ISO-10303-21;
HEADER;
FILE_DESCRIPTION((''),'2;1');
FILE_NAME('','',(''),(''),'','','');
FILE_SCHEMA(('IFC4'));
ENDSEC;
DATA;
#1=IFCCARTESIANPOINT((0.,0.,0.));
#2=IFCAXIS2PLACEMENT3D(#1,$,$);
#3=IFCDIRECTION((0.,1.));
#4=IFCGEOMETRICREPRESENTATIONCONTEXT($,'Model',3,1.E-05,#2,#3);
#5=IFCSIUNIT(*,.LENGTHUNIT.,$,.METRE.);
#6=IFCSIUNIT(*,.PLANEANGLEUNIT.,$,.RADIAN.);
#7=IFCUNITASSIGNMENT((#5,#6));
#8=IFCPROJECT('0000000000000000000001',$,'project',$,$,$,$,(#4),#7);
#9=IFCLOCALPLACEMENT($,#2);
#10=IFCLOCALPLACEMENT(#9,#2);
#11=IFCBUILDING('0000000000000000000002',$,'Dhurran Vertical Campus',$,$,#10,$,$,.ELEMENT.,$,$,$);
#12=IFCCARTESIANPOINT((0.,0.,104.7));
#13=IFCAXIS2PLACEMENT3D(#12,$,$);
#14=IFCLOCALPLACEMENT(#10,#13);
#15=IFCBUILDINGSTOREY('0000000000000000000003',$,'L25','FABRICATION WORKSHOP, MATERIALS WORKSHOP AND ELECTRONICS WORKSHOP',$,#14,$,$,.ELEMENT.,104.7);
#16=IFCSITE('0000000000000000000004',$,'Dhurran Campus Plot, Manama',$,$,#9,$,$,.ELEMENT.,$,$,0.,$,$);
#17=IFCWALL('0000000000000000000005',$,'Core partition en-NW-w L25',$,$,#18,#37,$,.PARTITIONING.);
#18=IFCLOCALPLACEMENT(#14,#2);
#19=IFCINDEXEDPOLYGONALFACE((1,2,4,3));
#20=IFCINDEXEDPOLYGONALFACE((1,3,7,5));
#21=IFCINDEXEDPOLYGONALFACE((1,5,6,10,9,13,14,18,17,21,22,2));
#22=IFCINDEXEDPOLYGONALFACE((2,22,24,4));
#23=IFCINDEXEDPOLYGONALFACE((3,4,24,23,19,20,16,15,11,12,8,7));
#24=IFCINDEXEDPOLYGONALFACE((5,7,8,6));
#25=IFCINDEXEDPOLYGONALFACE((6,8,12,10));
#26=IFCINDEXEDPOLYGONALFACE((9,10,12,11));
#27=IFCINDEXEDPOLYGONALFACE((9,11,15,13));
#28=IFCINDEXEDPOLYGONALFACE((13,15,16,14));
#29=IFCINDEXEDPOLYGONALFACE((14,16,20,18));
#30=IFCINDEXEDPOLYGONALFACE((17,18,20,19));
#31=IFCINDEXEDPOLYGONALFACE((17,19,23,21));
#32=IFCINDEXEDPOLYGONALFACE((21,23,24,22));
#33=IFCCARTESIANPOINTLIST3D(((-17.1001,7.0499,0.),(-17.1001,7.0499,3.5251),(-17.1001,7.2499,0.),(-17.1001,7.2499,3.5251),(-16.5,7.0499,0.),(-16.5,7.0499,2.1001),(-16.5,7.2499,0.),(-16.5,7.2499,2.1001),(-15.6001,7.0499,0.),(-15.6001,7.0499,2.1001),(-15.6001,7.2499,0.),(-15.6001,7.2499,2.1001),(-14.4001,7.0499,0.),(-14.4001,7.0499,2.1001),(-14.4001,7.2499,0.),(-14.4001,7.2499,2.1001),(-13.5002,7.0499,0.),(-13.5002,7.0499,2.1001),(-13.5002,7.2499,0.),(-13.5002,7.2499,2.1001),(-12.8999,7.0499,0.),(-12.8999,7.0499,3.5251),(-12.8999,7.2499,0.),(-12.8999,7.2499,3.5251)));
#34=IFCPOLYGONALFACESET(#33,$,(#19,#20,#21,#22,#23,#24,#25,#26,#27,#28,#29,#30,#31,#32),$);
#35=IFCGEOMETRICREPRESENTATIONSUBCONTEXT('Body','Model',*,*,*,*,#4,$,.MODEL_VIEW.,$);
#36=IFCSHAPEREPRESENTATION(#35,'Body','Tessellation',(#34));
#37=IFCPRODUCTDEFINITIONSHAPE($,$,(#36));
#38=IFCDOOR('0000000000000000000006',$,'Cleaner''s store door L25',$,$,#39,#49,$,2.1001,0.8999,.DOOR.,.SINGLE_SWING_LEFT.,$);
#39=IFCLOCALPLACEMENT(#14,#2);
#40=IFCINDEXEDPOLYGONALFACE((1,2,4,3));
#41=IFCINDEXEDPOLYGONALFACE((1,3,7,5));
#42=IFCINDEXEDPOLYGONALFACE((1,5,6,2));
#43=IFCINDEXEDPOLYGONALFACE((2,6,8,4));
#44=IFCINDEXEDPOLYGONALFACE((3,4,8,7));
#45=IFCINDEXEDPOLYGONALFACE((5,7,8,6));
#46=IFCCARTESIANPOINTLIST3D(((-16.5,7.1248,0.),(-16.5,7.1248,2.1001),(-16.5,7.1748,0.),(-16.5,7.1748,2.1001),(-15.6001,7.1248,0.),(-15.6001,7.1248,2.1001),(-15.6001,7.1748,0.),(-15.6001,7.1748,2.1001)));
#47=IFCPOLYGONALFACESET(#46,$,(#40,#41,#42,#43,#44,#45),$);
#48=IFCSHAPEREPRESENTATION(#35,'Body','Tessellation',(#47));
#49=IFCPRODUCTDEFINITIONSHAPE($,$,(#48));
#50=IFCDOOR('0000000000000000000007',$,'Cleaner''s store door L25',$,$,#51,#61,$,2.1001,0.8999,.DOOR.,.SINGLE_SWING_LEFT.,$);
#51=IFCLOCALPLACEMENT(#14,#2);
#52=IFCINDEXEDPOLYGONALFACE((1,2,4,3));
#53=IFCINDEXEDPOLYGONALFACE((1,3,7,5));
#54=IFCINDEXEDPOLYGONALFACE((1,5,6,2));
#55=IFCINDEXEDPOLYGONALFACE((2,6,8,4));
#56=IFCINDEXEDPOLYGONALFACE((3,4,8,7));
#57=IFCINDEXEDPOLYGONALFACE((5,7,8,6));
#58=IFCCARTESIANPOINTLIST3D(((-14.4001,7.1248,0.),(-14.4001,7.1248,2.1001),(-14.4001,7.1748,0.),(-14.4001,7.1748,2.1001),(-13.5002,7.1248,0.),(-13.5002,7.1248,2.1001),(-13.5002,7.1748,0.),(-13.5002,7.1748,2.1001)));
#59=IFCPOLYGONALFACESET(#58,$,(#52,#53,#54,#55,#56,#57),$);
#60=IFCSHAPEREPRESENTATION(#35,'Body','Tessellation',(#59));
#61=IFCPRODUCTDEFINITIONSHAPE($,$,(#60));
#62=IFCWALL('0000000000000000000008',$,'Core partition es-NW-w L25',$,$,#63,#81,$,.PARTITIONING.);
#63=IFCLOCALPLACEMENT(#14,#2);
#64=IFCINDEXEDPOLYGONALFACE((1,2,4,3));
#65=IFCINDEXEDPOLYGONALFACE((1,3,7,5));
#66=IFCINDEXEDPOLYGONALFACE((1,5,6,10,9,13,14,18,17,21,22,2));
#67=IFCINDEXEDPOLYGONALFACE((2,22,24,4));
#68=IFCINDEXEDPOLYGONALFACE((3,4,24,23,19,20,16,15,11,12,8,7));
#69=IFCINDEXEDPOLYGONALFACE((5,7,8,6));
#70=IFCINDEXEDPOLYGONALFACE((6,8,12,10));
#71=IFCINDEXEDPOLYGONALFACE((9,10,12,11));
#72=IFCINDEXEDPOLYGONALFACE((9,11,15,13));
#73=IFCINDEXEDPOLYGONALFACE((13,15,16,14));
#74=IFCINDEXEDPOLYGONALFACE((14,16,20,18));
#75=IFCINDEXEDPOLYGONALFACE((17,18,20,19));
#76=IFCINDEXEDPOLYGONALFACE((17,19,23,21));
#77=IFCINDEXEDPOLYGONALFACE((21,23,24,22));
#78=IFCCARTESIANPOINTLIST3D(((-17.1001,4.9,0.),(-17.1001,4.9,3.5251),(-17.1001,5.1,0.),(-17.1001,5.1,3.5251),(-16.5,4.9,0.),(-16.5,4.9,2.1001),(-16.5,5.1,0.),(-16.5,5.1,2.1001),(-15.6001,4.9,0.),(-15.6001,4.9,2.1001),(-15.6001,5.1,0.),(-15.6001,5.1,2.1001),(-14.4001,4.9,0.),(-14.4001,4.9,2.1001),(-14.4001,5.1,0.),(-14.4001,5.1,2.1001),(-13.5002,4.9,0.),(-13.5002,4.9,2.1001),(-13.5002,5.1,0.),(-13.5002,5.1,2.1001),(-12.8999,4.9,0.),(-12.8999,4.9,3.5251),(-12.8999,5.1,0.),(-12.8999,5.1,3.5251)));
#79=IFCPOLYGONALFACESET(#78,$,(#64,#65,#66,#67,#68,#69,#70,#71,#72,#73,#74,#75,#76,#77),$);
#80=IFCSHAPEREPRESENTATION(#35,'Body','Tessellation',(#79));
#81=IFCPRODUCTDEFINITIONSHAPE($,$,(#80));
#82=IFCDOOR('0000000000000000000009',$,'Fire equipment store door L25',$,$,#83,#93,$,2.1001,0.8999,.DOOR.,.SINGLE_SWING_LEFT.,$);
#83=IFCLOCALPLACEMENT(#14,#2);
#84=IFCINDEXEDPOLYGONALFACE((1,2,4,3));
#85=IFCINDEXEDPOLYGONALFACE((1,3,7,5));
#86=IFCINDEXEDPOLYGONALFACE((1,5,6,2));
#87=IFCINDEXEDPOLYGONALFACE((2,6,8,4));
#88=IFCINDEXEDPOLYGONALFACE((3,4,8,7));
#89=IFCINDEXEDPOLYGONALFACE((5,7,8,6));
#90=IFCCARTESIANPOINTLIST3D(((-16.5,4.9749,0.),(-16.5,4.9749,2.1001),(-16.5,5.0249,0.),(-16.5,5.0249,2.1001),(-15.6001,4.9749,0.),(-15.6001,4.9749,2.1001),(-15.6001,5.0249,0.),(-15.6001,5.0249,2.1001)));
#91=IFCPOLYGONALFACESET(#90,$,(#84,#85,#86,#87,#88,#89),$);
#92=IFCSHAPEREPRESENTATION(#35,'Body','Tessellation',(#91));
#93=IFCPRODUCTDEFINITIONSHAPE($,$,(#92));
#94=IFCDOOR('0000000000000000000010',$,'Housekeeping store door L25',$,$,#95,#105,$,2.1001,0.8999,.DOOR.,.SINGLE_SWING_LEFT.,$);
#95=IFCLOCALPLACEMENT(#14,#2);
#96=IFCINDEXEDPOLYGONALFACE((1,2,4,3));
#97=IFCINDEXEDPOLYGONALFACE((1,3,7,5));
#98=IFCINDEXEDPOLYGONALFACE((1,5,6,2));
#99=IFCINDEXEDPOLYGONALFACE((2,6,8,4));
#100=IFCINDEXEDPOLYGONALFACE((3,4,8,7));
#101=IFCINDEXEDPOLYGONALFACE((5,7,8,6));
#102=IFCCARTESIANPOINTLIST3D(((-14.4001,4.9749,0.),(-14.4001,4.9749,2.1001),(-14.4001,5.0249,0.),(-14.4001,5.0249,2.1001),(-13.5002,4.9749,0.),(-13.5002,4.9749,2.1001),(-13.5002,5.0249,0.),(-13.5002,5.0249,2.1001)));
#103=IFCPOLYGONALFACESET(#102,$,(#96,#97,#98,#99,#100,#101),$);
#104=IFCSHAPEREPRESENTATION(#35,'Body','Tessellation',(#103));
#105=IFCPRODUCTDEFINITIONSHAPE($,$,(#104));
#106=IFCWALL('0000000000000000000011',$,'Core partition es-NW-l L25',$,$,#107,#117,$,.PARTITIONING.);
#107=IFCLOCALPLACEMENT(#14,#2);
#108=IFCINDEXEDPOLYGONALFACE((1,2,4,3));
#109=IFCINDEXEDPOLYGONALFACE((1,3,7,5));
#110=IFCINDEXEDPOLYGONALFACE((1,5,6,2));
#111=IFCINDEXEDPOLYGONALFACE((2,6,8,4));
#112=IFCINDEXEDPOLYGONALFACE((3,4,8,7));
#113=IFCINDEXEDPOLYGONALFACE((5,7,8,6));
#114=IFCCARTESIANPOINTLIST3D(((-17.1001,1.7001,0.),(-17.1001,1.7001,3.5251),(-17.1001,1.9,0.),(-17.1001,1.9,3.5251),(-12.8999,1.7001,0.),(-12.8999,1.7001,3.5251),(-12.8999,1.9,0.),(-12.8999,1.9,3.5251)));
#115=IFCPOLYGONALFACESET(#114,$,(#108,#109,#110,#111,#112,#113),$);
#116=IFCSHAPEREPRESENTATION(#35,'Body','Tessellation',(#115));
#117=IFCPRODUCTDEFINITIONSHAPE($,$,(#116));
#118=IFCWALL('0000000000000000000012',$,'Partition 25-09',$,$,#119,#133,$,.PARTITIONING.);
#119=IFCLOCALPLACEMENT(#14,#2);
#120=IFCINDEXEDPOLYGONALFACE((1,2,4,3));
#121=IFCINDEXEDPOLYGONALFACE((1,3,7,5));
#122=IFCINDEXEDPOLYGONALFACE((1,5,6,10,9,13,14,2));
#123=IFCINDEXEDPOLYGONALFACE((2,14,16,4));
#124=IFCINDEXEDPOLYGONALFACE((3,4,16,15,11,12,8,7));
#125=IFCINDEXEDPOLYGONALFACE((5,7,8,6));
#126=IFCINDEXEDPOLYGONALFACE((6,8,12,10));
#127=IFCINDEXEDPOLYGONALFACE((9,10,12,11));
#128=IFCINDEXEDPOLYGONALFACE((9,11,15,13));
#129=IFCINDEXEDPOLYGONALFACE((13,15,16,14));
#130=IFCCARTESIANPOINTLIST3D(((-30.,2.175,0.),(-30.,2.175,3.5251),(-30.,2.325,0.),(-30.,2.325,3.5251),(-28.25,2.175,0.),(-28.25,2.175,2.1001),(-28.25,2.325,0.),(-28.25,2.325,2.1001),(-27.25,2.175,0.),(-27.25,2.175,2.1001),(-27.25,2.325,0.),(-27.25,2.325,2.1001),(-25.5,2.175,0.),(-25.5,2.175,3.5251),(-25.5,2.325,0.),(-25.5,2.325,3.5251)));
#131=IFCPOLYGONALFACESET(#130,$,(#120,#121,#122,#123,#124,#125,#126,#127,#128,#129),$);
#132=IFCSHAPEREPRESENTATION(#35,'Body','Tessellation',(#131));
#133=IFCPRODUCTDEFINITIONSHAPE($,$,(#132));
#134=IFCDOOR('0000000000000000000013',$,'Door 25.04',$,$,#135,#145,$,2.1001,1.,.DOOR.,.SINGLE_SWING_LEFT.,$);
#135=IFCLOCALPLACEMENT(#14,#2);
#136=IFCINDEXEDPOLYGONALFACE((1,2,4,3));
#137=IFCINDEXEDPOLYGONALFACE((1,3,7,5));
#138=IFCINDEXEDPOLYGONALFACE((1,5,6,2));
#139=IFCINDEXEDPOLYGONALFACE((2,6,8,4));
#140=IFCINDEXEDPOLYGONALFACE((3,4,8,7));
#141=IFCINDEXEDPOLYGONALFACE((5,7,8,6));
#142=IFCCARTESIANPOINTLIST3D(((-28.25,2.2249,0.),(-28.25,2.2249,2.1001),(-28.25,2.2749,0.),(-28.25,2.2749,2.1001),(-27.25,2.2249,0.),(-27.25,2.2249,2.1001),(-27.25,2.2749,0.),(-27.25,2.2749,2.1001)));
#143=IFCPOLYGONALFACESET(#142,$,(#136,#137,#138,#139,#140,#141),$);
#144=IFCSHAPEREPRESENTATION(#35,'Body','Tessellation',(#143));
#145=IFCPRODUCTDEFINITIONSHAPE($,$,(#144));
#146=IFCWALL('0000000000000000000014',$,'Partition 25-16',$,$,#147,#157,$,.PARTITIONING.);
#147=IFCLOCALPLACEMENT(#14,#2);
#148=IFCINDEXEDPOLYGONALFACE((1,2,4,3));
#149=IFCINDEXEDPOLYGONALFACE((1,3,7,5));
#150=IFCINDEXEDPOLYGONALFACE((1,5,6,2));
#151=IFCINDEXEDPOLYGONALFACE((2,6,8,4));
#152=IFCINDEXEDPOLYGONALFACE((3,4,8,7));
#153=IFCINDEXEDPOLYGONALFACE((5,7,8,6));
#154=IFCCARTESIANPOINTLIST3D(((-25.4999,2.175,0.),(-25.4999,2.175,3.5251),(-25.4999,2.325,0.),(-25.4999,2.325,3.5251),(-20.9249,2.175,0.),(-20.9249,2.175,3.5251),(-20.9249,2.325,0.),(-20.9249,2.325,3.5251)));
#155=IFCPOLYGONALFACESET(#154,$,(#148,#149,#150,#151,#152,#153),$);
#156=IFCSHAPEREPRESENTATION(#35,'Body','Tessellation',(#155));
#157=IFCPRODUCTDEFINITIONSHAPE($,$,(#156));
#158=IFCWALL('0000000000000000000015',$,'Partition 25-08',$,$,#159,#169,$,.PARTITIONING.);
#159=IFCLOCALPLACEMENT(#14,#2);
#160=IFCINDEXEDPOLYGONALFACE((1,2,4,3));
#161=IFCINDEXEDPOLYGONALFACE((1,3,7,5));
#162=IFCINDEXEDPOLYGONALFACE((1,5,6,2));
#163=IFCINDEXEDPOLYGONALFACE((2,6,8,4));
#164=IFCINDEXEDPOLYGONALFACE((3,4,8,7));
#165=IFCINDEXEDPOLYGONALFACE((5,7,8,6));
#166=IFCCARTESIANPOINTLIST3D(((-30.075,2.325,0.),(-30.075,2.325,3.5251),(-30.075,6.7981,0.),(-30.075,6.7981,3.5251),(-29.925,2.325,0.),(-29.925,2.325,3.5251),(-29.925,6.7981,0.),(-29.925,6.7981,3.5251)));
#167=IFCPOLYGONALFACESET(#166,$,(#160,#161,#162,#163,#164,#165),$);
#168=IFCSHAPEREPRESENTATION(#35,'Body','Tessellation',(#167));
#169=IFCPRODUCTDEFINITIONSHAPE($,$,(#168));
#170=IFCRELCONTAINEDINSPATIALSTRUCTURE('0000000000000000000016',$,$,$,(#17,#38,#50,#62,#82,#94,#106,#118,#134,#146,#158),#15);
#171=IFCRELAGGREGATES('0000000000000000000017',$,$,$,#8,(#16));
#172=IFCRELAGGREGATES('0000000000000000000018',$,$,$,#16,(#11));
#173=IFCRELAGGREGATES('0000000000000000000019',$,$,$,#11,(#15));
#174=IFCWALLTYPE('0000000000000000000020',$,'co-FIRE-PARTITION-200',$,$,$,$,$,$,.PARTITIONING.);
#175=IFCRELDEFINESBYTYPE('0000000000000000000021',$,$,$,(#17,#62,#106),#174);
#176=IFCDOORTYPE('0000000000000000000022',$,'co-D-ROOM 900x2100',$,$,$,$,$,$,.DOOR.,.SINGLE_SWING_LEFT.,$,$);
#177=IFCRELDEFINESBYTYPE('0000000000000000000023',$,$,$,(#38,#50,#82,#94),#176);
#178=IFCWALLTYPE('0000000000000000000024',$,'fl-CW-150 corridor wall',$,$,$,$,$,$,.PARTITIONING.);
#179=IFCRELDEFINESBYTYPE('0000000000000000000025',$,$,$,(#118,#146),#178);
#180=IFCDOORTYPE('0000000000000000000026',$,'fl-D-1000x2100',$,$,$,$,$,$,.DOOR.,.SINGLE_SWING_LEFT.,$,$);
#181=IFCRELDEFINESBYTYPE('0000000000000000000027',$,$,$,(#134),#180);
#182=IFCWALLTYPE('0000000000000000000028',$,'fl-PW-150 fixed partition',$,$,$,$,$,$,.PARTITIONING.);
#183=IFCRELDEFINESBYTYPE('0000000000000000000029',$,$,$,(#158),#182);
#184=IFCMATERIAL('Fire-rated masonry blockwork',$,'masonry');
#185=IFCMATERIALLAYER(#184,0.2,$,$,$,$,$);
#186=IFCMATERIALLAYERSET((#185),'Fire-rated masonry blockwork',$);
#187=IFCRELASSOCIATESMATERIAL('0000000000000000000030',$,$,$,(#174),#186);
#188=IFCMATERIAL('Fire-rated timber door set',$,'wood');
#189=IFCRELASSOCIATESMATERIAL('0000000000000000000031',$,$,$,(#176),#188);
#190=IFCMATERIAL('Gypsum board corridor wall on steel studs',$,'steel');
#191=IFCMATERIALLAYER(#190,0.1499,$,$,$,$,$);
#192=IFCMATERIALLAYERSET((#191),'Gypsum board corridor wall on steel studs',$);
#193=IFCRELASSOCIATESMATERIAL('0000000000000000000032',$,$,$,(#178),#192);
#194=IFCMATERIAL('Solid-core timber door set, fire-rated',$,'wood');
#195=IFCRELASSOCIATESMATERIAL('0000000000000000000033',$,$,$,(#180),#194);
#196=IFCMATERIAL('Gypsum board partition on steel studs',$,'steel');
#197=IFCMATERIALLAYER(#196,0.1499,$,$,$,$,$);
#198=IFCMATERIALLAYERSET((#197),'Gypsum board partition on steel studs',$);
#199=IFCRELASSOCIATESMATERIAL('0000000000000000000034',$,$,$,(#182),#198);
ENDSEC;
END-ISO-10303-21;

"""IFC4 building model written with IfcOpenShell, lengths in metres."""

from ifc_helpers import new_model, si_unit, direction, frame, frame_2d, origin, place, context, subcontext, project, spatial, rectangle, extrude, material, layer, layer_set, type_object, element, fill, save


model = new_model("IFC4")

# Units and contexts
model_context = context("Model", 3, precision=1e-05, world=origin(), true_north=direction((0.0, 1.0)))
body_context = subcontext(model_context, "Body", "Model", "MODEL_VIEW")
ifc_project = project(units=[si_unit("LENGTHUNIT", "METRE"), si_unit("PLANEANGLEUNIT", "RADIAN")], contexts=[model_context])

# Site, building, storey
site_placement = place(None, origin())
site = spatial("IfcSite", under=ifc_project, at=site_placement, Name="Dhurran Campus Plot, Manama", CompositionType="ELEMENT", RefElevation=0.0)
building_placement = place(site_placement, origin())
building = spatial("IfcBuilding", under=site, at=building_placement, Name="Dhurran Vertical Campus", CompositionType="ELEMENT")
storey_placement = place(building_placement, frame((0.0, 0.0, 104.7)))
storey = spatial("IfcBuildingStorey", under=building, at=storey_placement, Name="L25", Description="FABRICATION WORKSHOP, MATERIALS WORKSHOP AND ELECTRONICS WORKSHOP", CompositionType="ELEMENT", Elevation=104.7)

# Walls, openings, doors
ifc_material_1 = material(Name="Fire-rated masonry blockwork", Category="masonry")
ifc_layer_1 = layer(ifc_material_1, 0.2)
ifc_layer_set_1 = layer_set([ifc_layer_1], Name="Fire-rated masonry blockwork")
wall_type_1 = type_object("IfcWallType", Name="co-FIRE-PARTITION-200", PredefinedType="PARTITIONING", material=ifc_layer_set_1)
wall_1_placement = place(storey_placement, frame((-17.1001, 7.1499, 0.0), z_axis=(0.0, 0.0, 1.0), x_axis=(1.0, 0.0, 0.0)))
wall_1 = element("IfcWall", 1, at=wall_1_placement, inside=storey, type_object=wall_type_1, Name="Core partition en-NW-w L25", PredefinedType="PARTITIONING", context=body_context, shape_type="SweptSolid", body=[
    extrude(rectangle(XDim=4.2002, YDim=0.2, at=frame_2d((2.1001, 0.0))), origin(), (0.0, 0.0, 1.0), 3.5251),
])
opening_1_placement = place(wall_1_placement, frame((0.6001, 0.0, 0.0)))
opening_1 = element("IfcOpeningElement", 2, at=opening_1_placement, cuts=wall_1, PredefinedType="OPENING", context=body_context, shape_type="SweptSolid", body=[
    extrude(rectangle(XDim=0.8999, YDim=2.1001, at=frame_2d((0.45, 1.05))), frame((0.0, 0.1099, 0.0), z_axis=(0.0, -1.0, 0.0), x_axis=(1.0, 0.0, 0.0)), (0.0, 0.0, 1.0), 0.22),
])
opening_2_placement = place(wall_1_placement, frame((2.7, 0.0, 0.0)))
opening_2 = element("IfcOpeningElement", 3, at=opening_2_placement, cuts=wall_1, PredefinedType="OPENING", context=body_context, shape_type="SweptSolid", body=[
    extrude(rectangle(XDim=0.8999, YDim=2.1001, at=frame_2d((0.45, 1.05))), frame((0.0, 0.1099, 0.0), z_axis=(0.0, -1.0, 0.0), x_axis=(1.0, 0.0, 0.0)), (0.0, 0.0, 1.0), 0.22),
])
ifc_material_2 = material(Name="Fire-rated timber door set", Category="wood")
door_type_1 = type_object("IfcDoorType", Name="co-D-ROOM 900x2100", OperationType="SINGLE_SWING_LEFT", PredefinedType="DOOR", material=ifc_material_2)
door_1_placement = place(opening_1_placement, origin())
door_1 = element("IfcDoor", 4, at=door_1_placement, inside=storey, type_object=door_type_1, Name="Cleaner's store door L25", OperationType="SINGLE_SWING_LEFT", OverallHeight=2.1001, OverallWidth=0.8999, PredefinedType="DOOR", context=body_context, shape_type="SweptSolid", body=[
    extrude(rectangle(XDim=0.8999, YDim=2.1001, at=frame_2d((0.45, 1.05))), frame((0.0, 0.0249, 0.0), z_axis=(0.0, -1.0, 0.0), x_axis=(1.0, 0.0, 0.0)), (0.0, 0.0, 1.0), 0.05),
])
fill(opening_1, door_1)
door_2_placement = place(opening_2_placement, origin())
door_2 = element("IfcDoor", 5, at=door_2_placement, inside=storey, type_object=door_type_1, Name="Cleaner's store door L25", OperationType="SINGLE_SWING_LEFT", OverallHeight=2.1001, OverallWidth=0.8999, PredefinedType="DOOR", context=body_context, shape_type="SweptSolid", body=[
    extrude(rectangle(XDim=0.8999, YDim=2.1001, at=frame_2d((0.45, 1.05))), frame((0.0, 0.0249, 0.0), z_axis=(0.0, -1.0, 0.0), x_axis=(1.0, 0.0, 0.0)), (0.0, 0.0, 1.0), 0.05),
])
fill(opening_2, door_2)
wall_2_placement = place(storey_placement, frame((-17.1001, 5.0, 0.0), z_axis=(0.0, 0.0, 1.0), x_axis=(1.0, 0.0, 0.0)))
wall_2 = element("IfcWall", 6, at=wall_2_placement, inside=storey, type_object=wall_type_1, Name="Core partition es-NW-w L25", PredefinedType="PARTITIONING", context=body_context, shape_type="SweptSolid", body=[
    extrude(rectangle(XDim=4.2002, YDim=0.2, at=frame_2d((2.1001, 0.0))), origin(), (0.0, 0.0, 1.0), 3.5251),
])
opening_3_placement = place(wall_2_placement, frame((0.6001, 0.0, 0.0)))
opening_3 = element("IfcOpeningElement", 7, at=opening_3_placement, cuts=wall_2, PredefinedType="OPENING", context=body_context, shape_type="SweptSolid", body=[
    extrude(rectangle(XDim=0.8999, YDim=2.1001, at=frame_2d((0.45, 1.05))), frame((0.0, 0.1099, 0.0), z_axis=(0.0, -1.0, 0.0), x_axis=(1.0, 0.0, 0.0)), (0.0, 0.0, 1.0), 0.22),
])
opening_4_placement = place(wall_2_placement, frame((2.7, 0.0, 0.0)))
opening_4 = element("IfcOpeningElement", 8, at=opening_4_placement, cuts=wall_2, PredefinedType="OPENING", context=body_context, shape_type="SweptSolid", body=[
    extrude(rectangle(XDim=0.8999, YDim=2.1001, at=frame_2d((0.45, 1.05))), frame((0.0, 0.1099, 0.0), z_axis=(0.0, -1.0, 0.0), x_axis=(1.0, 0.0, 0.0)), (0.0, 0.0, 1.0), 0.22),
])
door_3_placement = place(opening_3_placement, origin())
door_3 = element("IfcDoor", 9, at=door_3_placement, inside=storey, type_object=door_type_1, Name="Fire equipment store door L25", OperationType="SINGLE_SWING_LEFT", OverallHeight=2.1001, OverallWidth=0.8999, PredefinedType="DOOR", context=body_context, shape_type="SweptSolid", body=[
    extrude(rectangle(XDim=0.8999, YDim=2.1001, at=frame_2d((0.45, 1.05))), frame((0.0, 0.0249, 0.0), z_axis=(0.0, -1.0, 0.0), x_axis=(1.0, 0.0, 0.0)), (0.0, 0.0, 1.0), 0.05),
])
fill(opening_3, door_3)
door_4_placement = place(opening_4_placement, origin())
door_4 = element("IfcDoor", 10, at=door_4_placement, inside=storey, type_object=door_type_1, Name="Housekeeping store door L25", OperationType="SINGLE_SWING_LEFT", OverallHeight=2.1001, OverallWidth=0.8999, PredefinedType="DOOR", context=body_context, shape_type="SweptSolid", body=[
    extrude(rectangle(XDim=0.8999, YDim=2.1001, at=frame_2d((0.45, 1.05))), frame((0.0, 0.0249, 0.0), z_axis=(0.0, -1.0, 0.0), x_axis=(1.0, 0.0, 0.0)), (0.0, 0.0, 1.0), 0.05),
])
fill(opening_4, door_4)

# Wall
wall_3_placement = place(storey_placement, frame((-17.1001, 1.8, 0.0), z_axis=(0.0, 0.0, 1.0), x_axis=(1.0, 0.0, 0.0)))
element("IfcWall", 11, at=wall_3_placement, inside=storey, type_object=wall_type_1, Name="Core partition es-NW-l L25", PredefinedType="PARTITIONING", context=body_context, shape_type="SweptSolid", body=[
    extrude(rectangle(XDim=4.2002, YDim=0.2, at=frame_2d((2.1001, 0.0))), origin(), (0.0, 0.0, 1.0), 3.5251),
])

# Wall, opening, door
ifc_material_3 = material(Name="Gypsum board corridor wall on steel studs", Category="steel")
ifc_layer_2 = layer(ifc_material_3, 0.1499)
ifc_layer_set_2 = layer_set([ifc_layer_2], Name="Gypsum board corridor wall on steel studs")
wall_type_2 = type_object("IfcWallType", Name="fl-CW-150 corridor wall", PredefinedType="PARTITIONING", material=ifc_layer_set_2)
wall_4_placement = place(storey_placement, frame((-30.0, 2.25, 0.0), z_axis=(0.0, 0.0, 1.0), x_axis=(1.0, 0.0, 0.0)))
wall_4 = element("IfcWall", 12, at=wall_4_placement, inside=storey, type_object=wall_type_2, Name="Partition 25-09", PredefinedType="PARTITIONING", context=body_context, shape_type="SweptSolid", body=[
    extrude(rectangle(XDim=4.5, YDim=0.1499, at=frame_2d((2.25, 0.0))), origin(), (0.0, 0.0, 1.0), 3.5251),
])
opening_5_placement = place(wall_4_placement, frame((1.75, 0.0, 0.0)))
opening_5 = element("IfcOpeningElement", 13, at=opening_5_placement, cuts=wall_4, PredefinedType="OPENING", context=body_context, shape_type="SweptSolid", body=[
    extrude(rectangle(XDim=1.0, YDim=2.1001, at=frame_2d((0.5, 1.05))), frame((0.0, 0.085, 0.0), z_axis=(0.0, -1.0, 0.0), x_axis=(1.0, 0.0, 0.0)), (0.0, 0.0, 1.0), 0.1699),
])
ifc_material_4 = material(Name="Solid-core timber door set, fire-rated", Category="wood")
door_type_2 = type_object("IfcDoorType", Name="fl-D-1000x2100", OperationType="SINGLE_SWING_LEFT", PredefinedType="DOOR", material=ifc_material_4)
door_5_placement = place(opening_5_placement, origin())
door_5 = element("IfcDoor", 14, at=door_5_placement, inside=storey, type_object=door_type_2, Name="Door 25.04", OperationType="SINGLE_SWING_LEFT", OverallHeight=2.1001, OverallWidth=1.0, PredefinedType="DOOR", context=body_context, shape_type="SweptSolid", body=[
    extrude(rectangle(XDim=1.0, YDim=2.1001, at=frame_2d((0.5, 1.05))), frame((0.0, 0.0249, 0.0), z_axis=(0.0, -1.0, 0.0), x_axis=(1.0, 0.0, 0.0)), (0.0, 0.0, 1.0), 0.05),
])
fill(opening_5, door_5)

# Walls
wall_5_placement = place(storey_placement, frame((-25.5, 2.25, 0.0), z_axis=(0.0, 0.0, 1.0), x_axis=(1.0, 0.0, 0.0)))
element("IfcWall", 15, at=wall_5_placement, inside=storey, type_object=wall_type_2, Name="Partition 25-16", PredefinedType="PARTITIONING", context=body_context, shape_type="SweptSolid", body=[
    extrude(rectangle(XDim=4.575, YDim=0.1499, at=frame_2d((2.2876, 0.0))), origin(), (0.0, 0.0, 1.0), 3.5251),
])
ifc_material_5 = material(Name="Gypsum board partition on steel studs", Category="steel")
ifc_layer_3 = layer(ifc_material_5, 0.1499)
ifc_layer_set_3 = layer_set([ifc_layer_3], Name="Gypsum board partition on steel studs")
wall_type_3 = type_object("IfcWallType", Name="fl-PW-150 fixed partition", PredefinedType="PARTITIONING", material=ifc_layer_set_3)
wall_6_placement = place(storey_placement, frame((-30.0, 6.7981, 0.0), z_axis=(0.0, 0.0, 1.0), x_axis=(0.0, -1.0, 0.0)))
element("IfcWall", 16, at=wall_6_placement, inside=storey, type_object=wall_type_3, Name="Partition 25-08", PredefinedType="PARTITIONING", context=body_context, shape_type="SweptSolid", body=[
    extrude(rectangle(XDim=4.4731, YDim=0.1499, at=frame_2d((2.2366, 0.0))), origin(), (0.0, 0.0, 1.0), 3.5251),
])

save(model, "model.ifc")
